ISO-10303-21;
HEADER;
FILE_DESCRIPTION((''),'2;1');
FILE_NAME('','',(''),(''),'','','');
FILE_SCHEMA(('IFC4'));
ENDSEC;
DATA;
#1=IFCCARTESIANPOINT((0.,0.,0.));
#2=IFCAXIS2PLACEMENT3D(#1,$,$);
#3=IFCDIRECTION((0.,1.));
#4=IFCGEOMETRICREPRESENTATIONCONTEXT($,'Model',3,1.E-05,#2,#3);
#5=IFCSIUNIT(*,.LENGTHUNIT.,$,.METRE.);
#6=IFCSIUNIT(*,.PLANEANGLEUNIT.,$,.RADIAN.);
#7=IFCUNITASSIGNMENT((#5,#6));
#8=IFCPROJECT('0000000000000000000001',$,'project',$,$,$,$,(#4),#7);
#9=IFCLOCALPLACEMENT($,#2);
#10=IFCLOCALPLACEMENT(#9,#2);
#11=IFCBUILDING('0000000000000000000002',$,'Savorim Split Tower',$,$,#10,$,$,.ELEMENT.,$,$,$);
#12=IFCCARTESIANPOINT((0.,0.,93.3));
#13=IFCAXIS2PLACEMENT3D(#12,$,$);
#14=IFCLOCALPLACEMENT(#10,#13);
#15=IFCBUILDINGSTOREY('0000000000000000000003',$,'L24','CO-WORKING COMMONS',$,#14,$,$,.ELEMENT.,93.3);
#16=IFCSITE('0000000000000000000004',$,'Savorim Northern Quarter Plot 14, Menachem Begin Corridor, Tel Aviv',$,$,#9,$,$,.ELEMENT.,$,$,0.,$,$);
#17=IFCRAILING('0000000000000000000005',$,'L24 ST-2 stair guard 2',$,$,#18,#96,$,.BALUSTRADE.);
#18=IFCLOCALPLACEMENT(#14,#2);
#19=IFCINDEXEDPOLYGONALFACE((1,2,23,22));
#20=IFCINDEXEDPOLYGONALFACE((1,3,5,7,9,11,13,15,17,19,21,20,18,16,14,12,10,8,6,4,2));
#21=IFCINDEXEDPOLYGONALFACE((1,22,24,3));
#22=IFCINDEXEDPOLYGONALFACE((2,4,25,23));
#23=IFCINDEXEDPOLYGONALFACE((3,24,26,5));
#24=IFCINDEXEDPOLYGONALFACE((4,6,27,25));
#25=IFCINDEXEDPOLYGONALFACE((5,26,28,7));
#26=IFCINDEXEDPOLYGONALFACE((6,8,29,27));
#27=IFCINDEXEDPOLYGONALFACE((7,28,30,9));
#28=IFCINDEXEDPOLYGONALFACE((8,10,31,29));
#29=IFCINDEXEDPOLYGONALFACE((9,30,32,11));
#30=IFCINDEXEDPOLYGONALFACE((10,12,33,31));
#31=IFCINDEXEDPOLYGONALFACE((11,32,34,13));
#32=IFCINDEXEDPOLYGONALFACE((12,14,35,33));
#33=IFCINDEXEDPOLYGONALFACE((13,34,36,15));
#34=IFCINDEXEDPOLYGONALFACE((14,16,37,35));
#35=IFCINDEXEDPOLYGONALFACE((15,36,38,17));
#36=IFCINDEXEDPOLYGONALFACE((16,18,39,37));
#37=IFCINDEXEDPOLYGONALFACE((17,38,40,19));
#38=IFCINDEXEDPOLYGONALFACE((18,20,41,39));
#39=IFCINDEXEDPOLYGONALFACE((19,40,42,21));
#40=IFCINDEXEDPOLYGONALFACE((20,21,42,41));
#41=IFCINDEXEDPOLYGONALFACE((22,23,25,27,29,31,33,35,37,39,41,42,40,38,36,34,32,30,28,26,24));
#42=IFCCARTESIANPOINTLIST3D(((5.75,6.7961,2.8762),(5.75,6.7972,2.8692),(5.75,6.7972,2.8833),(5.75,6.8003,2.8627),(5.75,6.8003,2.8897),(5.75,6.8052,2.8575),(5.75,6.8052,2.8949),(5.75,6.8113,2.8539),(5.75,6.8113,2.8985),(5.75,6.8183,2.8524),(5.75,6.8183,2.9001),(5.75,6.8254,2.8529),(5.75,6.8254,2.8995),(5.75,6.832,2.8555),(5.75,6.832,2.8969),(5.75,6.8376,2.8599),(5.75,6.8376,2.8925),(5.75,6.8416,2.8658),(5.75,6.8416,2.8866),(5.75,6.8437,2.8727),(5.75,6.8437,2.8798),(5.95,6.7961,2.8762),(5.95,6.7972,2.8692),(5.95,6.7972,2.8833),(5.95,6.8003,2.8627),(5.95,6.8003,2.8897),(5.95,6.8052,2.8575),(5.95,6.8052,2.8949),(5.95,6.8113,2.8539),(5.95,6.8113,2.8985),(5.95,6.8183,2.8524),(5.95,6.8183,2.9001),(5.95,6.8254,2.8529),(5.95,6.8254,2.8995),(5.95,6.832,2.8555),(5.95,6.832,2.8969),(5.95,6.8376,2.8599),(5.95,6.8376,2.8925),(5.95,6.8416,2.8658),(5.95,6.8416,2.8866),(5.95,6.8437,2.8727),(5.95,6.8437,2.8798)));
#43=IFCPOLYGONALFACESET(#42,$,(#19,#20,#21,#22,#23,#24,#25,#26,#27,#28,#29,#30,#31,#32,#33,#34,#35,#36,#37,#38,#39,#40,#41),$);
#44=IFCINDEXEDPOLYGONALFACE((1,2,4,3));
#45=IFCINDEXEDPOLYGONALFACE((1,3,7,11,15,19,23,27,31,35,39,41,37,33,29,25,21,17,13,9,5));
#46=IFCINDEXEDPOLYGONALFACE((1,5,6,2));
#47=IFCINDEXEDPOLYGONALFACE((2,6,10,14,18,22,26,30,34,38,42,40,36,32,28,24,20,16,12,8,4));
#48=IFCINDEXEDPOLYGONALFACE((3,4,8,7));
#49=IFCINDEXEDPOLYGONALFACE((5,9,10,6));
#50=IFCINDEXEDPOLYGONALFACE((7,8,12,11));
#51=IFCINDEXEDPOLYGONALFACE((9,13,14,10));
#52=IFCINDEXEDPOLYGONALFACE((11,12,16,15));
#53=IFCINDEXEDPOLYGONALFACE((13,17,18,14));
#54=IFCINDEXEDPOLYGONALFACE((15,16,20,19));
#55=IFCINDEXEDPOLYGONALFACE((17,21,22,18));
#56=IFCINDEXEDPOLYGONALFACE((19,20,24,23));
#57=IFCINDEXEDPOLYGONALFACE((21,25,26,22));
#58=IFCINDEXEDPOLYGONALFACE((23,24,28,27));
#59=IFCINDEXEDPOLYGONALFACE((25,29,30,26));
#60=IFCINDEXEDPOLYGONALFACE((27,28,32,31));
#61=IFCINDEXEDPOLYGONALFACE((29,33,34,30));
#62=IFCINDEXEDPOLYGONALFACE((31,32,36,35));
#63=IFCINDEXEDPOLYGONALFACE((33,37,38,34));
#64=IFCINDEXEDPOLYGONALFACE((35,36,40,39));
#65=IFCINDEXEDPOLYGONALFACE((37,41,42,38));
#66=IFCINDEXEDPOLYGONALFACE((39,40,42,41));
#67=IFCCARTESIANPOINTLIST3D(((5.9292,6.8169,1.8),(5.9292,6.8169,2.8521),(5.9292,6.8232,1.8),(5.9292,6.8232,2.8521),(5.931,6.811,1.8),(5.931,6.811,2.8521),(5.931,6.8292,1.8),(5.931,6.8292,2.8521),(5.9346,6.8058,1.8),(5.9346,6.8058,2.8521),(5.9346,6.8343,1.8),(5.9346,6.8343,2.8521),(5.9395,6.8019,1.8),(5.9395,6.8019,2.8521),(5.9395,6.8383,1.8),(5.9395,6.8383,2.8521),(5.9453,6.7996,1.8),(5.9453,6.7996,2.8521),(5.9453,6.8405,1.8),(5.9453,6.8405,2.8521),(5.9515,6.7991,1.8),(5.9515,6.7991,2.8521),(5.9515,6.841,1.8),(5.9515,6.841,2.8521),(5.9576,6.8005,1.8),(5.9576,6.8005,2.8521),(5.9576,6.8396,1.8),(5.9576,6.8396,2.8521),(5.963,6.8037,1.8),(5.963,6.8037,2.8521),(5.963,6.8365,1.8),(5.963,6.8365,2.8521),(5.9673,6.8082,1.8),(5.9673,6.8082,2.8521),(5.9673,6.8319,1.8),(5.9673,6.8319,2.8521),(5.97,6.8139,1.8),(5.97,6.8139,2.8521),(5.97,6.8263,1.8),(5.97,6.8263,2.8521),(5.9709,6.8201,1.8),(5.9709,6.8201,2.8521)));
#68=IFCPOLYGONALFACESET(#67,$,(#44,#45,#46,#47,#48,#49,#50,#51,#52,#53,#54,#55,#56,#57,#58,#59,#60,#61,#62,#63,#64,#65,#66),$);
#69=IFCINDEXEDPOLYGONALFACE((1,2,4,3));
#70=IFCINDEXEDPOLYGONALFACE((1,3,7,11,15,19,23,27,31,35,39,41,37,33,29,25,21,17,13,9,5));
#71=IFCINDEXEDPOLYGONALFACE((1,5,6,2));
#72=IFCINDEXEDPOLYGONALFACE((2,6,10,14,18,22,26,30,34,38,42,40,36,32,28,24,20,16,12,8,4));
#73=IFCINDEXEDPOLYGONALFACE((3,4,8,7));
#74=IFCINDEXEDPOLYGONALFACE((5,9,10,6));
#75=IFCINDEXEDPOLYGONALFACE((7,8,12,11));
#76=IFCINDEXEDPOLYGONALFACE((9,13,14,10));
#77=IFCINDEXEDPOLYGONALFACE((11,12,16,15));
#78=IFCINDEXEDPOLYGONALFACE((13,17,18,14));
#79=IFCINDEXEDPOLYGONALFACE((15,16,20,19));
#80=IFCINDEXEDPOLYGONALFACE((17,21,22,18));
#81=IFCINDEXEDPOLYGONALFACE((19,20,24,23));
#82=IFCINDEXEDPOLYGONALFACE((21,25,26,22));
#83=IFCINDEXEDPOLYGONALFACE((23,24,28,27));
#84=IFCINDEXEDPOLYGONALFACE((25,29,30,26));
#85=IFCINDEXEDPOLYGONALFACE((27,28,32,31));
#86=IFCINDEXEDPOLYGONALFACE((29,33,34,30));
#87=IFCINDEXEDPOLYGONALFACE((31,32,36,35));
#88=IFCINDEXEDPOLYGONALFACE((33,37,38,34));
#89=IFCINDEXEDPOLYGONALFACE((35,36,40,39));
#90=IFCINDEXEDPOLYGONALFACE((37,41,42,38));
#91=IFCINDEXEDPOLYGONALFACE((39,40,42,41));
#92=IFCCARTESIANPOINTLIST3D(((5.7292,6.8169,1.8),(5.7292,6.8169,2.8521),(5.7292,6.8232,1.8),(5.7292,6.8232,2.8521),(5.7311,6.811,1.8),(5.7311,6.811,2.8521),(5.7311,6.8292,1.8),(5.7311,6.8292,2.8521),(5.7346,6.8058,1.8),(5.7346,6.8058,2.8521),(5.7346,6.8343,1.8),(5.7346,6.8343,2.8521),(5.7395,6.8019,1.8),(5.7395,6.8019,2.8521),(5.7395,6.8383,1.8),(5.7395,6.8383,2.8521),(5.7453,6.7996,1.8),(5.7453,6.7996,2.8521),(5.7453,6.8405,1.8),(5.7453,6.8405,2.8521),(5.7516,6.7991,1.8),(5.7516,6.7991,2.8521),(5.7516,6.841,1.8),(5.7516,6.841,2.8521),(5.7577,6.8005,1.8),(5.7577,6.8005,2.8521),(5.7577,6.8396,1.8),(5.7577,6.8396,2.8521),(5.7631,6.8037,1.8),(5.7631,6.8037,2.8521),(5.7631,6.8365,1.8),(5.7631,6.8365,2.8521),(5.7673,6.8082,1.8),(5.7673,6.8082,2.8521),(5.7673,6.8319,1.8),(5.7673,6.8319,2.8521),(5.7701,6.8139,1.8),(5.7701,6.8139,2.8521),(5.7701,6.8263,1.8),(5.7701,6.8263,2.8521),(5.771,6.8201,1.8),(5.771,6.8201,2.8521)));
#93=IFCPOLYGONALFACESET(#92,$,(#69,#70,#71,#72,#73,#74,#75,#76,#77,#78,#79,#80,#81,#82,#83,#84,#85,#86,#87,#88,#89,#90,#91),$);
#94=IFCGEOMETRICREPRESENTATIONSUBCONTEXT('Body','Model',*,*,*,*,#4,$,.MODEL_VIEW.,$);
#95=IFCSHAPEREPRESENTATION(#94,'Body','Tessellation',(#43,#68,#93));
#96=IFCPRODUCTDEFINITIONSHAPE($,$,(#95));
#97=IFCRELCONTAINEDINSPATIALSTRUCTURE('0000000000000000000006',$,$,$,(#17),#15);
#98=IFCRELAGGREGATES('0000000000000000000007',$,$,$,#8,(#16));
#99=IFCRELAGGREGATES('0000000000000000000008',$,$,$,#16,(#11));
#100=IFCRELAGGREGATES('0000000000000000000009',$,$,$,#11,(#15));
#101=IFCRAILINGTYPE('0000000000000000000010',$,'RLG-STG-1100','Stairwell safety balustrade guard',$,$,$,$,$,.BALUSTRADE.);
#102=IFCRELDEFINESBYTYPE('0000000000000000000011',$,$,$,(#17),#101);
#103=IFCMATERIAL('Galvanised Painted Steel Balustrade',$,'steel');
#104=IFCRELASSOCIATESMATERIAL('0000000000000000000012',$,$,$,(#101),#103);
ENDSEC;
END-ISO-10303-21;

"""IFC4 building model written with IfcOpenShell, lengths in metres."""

from ifc_helpers import new_model, si_unit, direction, frame, origin, origin_2d, place, context, subcontext, project, spatial, circle, extrude, material, type_object, element, save


model = new_model("IFC4")

# Units and contexts
model_context = context("Model", 3, precision=1e-05, world=origin(), true_north=direction((0.0, 1.0)))
body_context = subcontext(model_context, "Body", "Model", "MODEL_VIEW")
ifc_project = project(units=[si_unit("LENGTHUNIT", "METRE"), si_unit("PLANEANGLEUNIT", "RADIAN")], contexts=[model_context])

# Site, building, storey
site_placement = place(None, origin())
site = spatial("IfcSite", under=ifc_project, at=site_placement, Name="Savorim Northern Quarter Plot 14, Menachem Begin Corridor, Tel Aviv", CompositionType="ELEMENT", RefElevation=0.0)
building_placement = place(site_placement, origin())
building = spatial("IfcBuilding", under=site, at=building_placement, Name="Savorim Split Tower", CompositionType="ELEMENT")
storey_placement = place(building_placement, frame((0.0, 0.0, 93.3)))
storey = spatial("IfcBuildingStorey", under=building, at=storey_placement, Name="L24", Description="CO-WORKING COMMONS", CompositionType="ELEMENT", Elevation=93.3)

# Railing
ifc_material_1 = material(Name="Galvanised Painted Steel Balustrade", Category="steel")
railing_type_1 = type_object("IfcRailingType", Name="RLG-STG-1100", Description="Stairwell safety balustrade guard", PredefinedType="BALUSTRADE", material=ifc_material_1)
railing_1_placement = place(storey_placement, frame((5.95, 6.8201, 1.8)))
element("IfcRailing", 1, at=railing_1_placement, inside=storey, type_object=railing_type_1, Name="L24 ST-2 stair guard 2", PredefinedType="BALUSTRADE", context=body_context, shape_type="SweptSolid", body=[
    extrude(circle(Radius=0.0239, at=origin_2d()), frame((0.0, 0.0, 1.0762), z_axis=(-1.0, 0.0, 0.0), x_axis=(0.0, -1.0, 0.0)), (0.0, 0.0, 1.0), 0.2),
    extrude(circle(Radius=0.021, at=origin_2d()), origin(), (0.0, 0.0, 1.0), 1.052),
    extrude(circle(Radius=0.021, at=origin_2d()), frame((-0.2, 0.0, 0.0)), (0.0, 0.0, 1.0), 1.052),
])

save(model, "model.ifc")
